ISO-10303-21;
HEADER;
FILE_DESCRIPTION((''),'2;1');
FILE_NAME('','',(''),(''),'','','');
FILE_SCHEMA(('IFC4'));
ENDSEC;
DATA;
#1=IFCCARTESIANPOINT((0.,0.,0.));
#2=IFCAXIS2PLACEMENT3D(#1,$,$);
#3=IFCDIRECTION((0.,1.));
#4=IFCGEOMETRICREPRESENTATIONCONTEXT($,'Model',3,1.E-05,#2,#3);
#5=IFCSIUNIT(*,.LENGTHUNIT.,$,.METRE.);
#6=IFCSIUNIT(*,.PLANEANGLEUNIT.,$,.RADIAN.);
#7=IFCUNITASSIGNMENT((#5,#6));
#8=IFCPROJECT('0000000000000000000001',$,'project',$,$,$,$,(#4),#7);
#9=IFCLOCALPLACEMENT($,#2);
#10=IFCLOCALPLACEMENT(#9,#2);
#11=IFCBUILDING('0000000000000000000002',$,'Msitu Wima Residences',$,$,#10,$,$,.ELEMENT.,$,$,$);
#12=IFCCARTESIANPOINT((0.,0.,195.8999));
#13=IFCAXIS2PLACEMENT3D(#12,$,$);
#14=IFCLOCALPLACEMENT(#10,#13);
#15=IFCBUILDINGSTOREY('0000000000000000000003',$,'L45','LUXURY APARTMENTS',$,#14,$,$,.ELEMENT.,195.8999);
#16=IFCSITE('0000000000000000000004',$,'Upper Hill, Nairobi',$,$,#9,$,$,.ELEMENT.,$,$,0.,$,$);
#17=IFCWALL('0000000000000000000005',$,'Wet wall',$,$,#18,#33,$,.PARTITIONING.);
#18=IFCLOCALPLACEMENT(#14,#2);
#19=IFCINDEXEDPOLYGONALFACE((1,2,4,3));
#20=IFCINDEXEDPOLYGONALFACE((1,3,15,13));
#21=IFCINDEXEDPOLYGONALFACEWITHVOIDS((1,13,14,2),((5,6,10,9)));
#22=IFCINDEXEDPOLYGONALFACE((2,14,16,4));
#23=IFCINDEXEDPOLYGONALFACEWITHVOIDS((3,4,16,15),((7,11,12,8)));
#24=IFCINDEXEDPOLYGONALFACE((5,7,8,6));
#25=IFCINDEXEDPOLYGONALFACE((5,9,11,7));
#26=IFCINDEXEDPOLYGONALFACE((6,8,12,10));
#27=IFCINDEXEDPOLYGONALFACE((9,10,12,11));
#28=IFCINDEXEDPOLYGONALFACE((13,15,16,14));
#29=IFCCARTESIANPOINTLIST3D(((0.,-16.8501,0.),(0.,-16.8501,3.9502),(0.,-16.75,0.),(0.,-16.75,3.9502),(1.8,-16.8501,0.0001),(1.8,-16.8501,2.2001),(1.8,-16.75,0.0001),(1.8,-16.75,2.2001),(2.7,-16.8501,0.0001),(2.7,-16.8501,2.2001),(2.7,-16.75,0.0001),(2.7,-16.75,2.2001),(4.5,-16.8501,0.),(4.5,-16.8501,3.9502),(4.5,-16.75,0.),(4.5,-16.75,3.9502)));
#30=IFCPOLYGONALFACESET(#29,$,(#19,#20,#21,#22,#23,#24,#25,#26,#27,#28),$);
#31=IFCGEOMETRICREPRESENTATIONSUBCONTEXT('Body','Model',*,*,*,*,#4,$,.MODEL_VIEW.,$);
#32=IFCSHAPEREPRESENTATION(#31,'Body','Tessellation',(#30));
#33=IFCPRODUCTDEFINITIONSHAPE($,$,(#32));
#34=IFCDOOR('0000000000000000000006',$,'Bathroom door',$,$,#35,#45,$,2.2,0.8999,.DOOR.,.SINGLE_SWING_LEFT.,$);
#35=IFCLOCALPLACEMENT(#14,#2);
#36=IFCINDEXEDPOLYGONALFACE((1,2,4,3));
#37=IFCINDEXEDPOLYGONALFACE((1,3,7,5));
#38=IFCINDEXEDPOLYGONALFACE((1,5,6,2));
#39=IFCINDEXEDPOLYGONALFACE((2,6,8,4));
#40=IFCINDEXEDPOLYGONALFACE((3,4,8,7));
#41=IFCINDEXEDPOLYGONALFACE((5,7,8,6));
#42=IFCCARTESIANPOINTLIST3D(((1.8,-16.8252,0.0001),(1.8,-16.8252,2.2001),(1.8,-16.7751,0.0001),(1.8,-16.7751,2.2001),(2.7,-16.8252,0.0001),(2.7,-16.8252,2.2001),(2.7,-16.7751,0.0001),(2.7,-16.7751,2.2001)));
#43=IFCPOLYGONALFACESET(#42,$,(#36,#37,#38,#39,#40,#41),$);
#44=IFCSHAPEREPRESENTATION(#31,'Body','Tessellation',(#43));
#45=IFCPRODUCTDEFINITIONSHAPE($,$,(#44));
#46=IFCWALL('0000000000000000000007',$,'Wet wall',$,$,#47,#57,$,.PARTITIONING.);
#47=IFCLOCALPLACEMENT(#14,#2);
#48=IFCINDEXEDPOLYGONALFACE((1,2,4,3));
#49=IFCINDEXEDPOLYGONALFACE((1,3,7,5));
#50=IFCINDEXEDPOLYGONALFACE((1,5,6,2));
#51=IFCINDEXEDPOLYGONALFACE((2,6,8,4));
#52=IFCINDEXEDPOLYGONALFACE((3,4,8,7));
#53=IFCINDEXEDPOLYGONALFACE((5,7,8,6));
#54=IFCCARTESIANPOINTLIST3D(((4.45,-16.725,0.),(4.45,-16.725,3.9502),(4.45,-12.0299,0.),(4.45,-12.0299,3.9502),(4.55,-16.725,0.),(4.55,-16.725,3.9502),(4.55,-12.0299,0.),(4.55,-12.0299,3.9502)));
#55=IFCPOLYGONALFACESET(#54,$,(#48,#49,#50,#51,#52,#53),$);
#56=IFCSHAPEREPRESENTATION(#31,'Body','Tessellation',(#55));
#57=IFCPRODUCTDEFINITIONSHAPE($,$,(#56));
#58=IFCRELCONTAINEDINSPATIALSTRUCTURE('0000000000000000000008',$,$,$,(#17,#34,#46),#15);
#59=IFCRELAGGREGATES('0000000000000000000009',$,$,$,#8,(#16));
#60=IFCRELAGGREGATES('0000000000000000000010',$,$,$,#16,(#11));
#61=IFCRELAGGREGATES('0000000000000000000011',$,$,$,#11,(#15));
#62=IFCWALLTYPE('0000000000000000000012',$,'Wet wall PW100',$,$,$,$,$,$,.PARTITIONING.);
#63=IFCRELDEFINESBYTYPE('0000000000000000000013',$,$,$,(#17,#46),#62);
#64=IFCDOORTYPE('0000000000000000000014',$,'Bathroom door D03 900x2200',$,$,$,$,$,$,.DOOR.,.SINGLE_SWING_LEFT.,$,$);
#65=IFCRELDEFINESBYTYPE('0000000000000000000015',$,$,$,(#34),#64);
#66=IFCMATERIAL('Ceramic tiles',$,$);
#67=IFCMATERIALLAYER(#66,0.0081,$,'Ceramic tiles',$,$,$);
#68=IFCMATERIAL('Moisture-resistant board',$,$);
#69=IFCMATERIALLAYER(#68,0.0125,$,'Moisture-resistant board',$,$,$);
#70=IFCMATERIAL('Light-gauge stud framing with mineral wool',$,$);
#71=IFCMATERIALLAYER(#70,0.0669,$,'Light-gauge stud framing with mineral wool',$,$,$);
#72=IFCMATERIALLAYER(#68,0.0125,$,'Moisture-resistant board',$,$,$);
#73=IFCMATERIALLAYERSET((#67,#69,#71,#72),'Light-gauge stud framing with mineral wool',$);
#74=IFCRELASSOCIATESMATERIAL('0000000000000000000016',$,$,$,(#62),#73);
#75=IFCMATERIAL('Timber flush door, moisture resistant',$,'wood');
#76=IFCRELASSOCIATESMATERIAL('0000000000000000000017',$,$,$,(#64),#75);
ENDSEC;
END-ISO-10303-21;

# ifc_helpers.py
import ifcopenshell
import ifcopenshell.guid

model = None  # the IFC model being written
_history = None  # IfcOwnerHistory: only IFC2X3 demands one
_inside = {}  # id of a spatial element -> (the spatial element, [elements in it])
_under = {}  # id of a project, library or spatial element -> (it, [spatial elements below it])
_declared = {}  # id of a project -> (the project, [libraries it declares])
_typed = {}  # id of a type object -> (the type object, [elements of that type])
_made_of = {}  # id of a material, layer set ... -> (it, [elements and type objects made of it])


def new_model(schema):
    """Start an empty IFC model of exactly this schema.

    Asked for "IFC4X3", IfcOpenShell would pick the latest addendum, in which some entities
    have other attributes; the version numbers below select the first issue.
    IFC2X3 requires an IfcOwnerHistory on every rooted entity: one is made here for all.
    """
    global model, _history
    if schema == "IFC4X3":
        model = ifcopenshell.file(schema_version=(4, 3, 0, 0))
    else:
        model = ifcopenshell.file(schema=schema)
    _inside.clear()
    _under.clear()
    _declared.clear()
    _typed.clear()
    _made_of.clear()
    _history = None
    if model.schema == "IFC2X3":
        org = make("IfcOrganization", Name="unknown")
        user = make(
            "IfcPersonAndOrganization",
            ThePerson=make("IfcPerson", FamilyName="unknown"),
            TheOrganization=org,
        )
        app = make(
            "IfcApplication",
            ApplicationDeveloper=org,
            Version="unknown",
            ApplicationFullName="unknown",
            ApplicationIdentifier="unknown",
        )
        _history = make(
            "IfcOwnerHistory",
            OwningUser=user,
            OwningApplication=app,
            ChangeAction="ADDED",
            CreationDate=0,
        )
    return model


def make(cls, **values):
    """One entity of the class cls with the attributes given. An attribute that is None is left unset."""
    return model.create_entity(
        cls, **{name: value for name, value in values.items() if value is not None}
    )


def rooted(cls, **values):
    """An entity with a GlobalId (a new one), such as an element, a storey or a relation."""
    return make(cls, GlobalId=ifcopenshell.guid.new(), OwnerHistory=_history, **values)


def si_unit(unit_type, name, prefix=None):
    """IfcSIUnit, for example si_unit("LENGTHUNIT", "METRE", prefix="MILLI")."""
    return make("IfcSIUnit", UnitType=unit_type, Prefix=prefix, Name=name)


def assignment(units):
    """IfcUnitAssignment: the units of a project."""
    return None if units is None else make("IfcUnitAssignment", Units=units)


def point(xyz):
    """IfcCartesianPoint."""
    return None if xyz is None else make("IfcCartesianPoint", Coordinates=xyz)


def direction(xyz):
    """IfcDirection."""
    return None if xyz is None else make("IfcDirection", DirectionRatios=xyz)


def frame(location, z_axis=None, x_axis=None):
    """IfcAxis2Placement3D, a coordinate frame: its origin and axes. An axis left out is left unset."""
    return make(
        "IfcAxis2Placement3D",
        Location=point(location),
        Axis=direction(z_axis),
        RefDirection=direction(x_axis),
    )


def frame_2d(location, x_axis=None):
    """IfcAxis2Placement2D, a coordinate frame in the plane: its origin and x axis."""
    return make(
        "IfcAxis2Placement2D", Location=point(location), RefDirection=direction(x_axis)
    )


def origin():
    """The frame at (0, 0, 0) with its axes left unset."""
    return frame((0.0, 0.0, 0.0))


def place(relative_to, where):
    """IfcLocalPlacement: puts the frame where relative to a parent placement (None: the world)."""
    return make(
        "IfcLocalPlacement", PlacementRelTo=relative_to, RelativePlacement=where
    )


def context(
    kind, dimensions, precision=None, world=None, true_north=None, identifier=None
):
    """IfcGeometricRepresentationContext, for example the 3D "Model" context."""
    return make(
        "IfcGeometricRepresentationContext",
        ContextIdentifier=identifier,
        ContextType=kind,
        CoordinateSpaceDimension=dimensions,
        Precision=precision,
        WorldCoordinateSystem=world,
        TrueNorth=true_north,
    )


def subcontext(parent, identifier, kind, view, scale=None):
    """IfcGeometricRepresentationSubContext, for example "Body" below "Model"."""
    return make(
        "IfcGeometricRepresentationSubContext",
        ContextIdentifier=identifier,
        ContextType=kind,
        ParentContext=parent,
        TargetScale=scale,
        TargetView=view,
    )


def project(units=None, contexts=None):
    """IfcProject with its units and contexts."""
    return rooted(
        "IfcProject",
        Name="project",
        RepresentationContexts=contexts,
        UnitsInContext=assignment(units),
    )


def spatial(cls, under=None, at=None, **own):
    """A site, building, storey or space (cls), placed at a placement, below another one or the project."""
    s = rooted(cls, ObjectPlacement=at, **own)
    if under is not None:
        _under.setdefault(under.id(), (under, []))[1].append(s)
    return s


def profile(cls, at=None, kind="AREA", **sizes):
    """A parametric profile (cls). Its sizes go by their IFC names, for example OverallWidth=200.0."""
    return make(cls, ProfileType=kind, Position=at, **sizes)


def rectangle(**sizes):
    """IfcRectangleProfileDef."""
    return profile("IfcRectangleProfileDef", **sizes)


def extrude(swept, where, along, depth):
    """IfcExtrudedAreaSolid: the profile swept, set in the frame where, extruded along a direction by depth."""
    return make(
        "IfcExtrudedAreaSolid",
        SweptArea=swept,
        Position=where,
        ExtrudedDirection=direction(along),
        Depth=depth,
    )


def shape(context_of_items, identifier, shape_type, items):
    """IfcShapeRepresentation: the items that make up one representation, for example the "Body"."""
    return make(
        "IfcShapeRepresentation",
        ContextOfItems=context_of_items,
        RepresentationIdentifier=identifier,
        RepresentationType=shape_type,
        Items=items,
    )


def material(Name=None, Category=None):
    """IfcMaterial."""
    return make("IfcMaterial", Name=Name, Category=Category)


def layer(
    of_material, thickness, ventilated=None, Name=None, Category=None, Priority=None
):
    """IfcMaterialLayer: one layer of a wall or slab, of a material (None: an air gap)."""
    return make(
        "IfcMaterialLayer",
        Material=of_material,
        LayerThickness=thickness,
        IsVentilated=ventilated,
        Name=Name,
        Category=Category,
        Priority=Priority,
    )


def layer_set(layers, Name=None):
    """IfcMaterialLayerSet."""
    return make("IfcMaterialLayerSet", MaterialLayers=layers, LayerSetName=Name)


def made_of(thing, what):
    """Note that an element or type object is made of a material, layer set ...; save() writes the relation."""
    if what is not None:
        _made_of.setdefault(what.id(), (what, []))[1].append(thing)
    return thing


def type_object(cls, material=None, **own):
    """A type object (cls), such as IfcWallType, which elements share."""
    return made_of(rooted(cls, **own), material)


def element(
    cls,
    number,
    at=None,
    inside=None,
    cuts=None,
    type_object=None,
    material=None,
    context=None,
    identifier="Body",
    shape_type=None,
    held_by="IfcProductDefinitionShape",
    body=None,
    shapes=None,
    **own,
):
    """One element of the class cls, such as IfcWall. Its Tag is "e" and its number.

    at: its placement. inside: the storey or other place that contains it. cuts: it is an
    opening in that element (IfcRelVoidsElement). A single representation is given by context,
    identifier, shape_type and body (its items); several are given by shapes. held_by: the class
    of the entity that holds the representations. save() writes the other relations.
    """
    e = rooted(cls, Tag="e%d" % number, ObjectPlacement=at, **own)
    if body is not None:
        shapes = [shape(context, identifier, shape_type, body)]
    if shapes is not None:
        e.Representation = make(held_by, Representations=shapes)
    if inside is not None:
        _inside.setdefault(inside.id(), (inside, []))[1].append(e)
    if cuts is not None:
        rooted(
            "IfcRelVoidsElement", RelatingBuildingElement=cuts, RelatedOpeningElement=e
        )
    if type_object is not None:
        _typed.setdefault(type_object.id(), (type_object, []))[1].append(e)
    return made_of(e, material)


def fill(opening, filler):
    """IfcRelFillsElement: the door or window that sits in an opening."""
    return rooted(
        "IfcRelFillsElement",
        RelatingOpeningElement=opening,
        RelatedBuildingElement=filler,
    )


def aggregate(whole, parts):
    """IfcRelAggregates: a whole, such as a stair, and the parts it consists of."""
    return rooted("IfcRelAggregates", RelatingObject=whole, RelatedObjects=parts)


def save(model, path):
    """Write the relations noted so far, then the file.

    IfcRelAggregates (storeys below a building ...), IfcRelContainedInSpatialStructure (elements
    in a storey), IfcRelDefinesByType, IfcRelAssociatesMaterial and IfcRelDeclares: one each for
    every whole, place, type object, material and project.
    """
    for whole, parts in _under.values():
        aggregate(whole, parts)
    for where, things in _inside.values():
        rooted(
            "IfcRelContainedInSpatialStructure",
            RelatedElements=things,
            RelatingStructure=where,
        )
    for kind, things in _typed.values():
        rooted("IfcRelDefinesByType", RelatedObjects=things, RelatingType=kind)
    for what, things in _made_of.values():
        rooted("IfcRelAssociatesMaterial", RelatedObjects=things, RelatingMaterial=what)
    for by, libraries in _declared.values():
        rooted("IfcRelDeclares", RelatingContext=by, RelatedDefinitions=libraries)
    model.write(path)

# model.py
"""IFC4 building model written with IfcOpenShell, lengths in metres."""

from ifc_helpers import new_model, si_unit, direction, frame, frame_2d, origin, place, context, subcontext, project, spatial, rectangle, extrude, material, layer, layer_set, type_object, element, fill, save


model = new_model("IFC4")

# Units and contexts
model_context = context("Model", 3, precision=1e-05, world=origin(), true_north=direction((0.0, 1.0)))
body_context = subcontext(model_context, "Body", "Model", "MODEL_VIEW")
ifc_project = project(units=[si_unit("LENGTHUNIT", "METRE"), si_unit("PLANEANGLEUNIT", "RADIAN")], contexts=[model_context])

# Site, building, storey
site_placement = place(None, origin())
site = spatial("IfcSite", under=ifc_project, at=site_placement, Name="Upper Hill, Nairobi", CompositionType="ELEMENT", RefElevation=0.0)
building_placement = place(site_placement, origin())
building = spatial("IfcBuilding", under=site, at=building_placement, Name="Msitu Wima Residences", CompositionType="ELEMENT")
storey_placement = place(building_placement, frame((0.0, 0.0, 195.8999)))
storey = spatial("IfcBuildingStorey", under=building, at=storey_placement, Name="L45", Description="LUXURY APARTMENTS", CompositionType="ELEMENT", Elevation=195.8999)

# Wall, opening, door
ifc_material_1 = material(Name="Ceramic tiles")
ifc_layer_1 = layer(ifc_material_1, 0.0081, Name="Ceramic tiles")
ifc_material_2 = material(Name="Moisture-resistant board")
ifc_layer_2 = layer(ifc_material_2, 0.0125, Name="Moisture-resistant board")
ifc_material_3 = material(Name="Light-gauge stud framing with mineral wool")
ifc_layer_3 = layer(ifc_material_3, 0.0669, Name="Light-gauge stud framing with mineral wool")
ifc_layer_4 = layer(ifc_material_2, 0.0125, Name="Moisture-resistant board")
ifc_layer_set_1 = layer_set([ifc_layer_1, ifc_layer_2, ifc_layer_3, ifc_layer_4], Name="Light-gauge stud framing with mineral wool")
wall_type_1 = type_object("IfcWallType", Name="Wet wall PW100", PredefinedType="PARTITIONING", material=ifc_layer_set_1)
wall_1_placement = place(storey_placement, frame((0.0, -16.8, 0.0), z_axis=(0.0, 0.0, 1.0), x_axis=(1.0, 0.0, 0.0)))
wall_1 = element("IfcWall", 1, at=wall_1_placement, inside=storey, type_object=wall_type_1, Name="Wet wall", PredefinedType="PARTITIONING", context=body_context, shape_type="SweptSolid", body=[
    extrude(rectangle(XDim=4.5, YDim=0.1001, at=frame_2d((2.25, 0.0))), origin(), (0.0, 0.0, 1.0), 3.9502),
])
opening_1_placement = place(wall_1_placement, frame((1.8, 0.0, 0.0)))
opening_1 = element("IfcOpeningElement", 2, at=opening_1_placement, cuts=wall_1, PredefinedType="OPENING", context=body_context, shape_type="SweptSolid", body=[
    extrude(rectangle(XDim=0.8999, YDim=2.2, at=frame_2d((0.45, 1.1001))), frame((0.0, 0.0601, 0.0), z_axis=(0.0, -1.0, 0.0), x_axis=(1.0, 0.0, 0.0)), (0.0, 0.0, 1.0), 0.1201),
])
ifc_material_4 = material(Name="Timber flush door, moisture resistant", Category="wood")
door_type_1 = type_object("IfcDoorType", Name="Bathroom door D03 900x2200", OperationType="SINGLE_SWING_LEFT", PredefinedType="DOOR", material=ifc_material_4)
door_1_placement = place(opening_1_placement, origin())
door_1 = element("IfcDoor", 3, at=door_1_placement, inside=storey, type_object=door_type_1, Name="Bathroom door", OperationType="SINGLE_SWING_LEFT", OverallHeight=2.2, OverallWidth=0.8999, PredefinedType="DOOR", context=body_context, shape_type="SweptSolid", body=[
    extrude(rectangle(XDim=0.8999, YDim=2.2, at=frame_2d((0.45, 1.1001))), frame((0.0, 0.0249, 0.0), z_axis=(0.0, -1.0, 0.0), x_axis=(1.0, 0.0, 0.0)), (0.0, 0.0, 1.0), 0.05),
])
fill(opening_1, door_1)

# Wall
wall_2_placement = place(storey_placement, frame((4.5, -16.7251, 0.0), z_axis=(0.0, 0.0, 1.0), x_axis=(0.0, 1.0, 0.0)))
element("IfcWall", 4, at=wall_2_placement, inside=storey, type_object=wall_type_1, Name="Wet wall", PredefinedType="PARTITIONING", context=body_context, shape_type="SweptSolid", body=[
    extrude(rectangle(XDim=4.6951, YDim=0.1001, at=frame_2d((2.3477, 0.0))), origin(), (0.0, 0.0, 1.0), 3.9502),
])

save(model, "model.ifc")
